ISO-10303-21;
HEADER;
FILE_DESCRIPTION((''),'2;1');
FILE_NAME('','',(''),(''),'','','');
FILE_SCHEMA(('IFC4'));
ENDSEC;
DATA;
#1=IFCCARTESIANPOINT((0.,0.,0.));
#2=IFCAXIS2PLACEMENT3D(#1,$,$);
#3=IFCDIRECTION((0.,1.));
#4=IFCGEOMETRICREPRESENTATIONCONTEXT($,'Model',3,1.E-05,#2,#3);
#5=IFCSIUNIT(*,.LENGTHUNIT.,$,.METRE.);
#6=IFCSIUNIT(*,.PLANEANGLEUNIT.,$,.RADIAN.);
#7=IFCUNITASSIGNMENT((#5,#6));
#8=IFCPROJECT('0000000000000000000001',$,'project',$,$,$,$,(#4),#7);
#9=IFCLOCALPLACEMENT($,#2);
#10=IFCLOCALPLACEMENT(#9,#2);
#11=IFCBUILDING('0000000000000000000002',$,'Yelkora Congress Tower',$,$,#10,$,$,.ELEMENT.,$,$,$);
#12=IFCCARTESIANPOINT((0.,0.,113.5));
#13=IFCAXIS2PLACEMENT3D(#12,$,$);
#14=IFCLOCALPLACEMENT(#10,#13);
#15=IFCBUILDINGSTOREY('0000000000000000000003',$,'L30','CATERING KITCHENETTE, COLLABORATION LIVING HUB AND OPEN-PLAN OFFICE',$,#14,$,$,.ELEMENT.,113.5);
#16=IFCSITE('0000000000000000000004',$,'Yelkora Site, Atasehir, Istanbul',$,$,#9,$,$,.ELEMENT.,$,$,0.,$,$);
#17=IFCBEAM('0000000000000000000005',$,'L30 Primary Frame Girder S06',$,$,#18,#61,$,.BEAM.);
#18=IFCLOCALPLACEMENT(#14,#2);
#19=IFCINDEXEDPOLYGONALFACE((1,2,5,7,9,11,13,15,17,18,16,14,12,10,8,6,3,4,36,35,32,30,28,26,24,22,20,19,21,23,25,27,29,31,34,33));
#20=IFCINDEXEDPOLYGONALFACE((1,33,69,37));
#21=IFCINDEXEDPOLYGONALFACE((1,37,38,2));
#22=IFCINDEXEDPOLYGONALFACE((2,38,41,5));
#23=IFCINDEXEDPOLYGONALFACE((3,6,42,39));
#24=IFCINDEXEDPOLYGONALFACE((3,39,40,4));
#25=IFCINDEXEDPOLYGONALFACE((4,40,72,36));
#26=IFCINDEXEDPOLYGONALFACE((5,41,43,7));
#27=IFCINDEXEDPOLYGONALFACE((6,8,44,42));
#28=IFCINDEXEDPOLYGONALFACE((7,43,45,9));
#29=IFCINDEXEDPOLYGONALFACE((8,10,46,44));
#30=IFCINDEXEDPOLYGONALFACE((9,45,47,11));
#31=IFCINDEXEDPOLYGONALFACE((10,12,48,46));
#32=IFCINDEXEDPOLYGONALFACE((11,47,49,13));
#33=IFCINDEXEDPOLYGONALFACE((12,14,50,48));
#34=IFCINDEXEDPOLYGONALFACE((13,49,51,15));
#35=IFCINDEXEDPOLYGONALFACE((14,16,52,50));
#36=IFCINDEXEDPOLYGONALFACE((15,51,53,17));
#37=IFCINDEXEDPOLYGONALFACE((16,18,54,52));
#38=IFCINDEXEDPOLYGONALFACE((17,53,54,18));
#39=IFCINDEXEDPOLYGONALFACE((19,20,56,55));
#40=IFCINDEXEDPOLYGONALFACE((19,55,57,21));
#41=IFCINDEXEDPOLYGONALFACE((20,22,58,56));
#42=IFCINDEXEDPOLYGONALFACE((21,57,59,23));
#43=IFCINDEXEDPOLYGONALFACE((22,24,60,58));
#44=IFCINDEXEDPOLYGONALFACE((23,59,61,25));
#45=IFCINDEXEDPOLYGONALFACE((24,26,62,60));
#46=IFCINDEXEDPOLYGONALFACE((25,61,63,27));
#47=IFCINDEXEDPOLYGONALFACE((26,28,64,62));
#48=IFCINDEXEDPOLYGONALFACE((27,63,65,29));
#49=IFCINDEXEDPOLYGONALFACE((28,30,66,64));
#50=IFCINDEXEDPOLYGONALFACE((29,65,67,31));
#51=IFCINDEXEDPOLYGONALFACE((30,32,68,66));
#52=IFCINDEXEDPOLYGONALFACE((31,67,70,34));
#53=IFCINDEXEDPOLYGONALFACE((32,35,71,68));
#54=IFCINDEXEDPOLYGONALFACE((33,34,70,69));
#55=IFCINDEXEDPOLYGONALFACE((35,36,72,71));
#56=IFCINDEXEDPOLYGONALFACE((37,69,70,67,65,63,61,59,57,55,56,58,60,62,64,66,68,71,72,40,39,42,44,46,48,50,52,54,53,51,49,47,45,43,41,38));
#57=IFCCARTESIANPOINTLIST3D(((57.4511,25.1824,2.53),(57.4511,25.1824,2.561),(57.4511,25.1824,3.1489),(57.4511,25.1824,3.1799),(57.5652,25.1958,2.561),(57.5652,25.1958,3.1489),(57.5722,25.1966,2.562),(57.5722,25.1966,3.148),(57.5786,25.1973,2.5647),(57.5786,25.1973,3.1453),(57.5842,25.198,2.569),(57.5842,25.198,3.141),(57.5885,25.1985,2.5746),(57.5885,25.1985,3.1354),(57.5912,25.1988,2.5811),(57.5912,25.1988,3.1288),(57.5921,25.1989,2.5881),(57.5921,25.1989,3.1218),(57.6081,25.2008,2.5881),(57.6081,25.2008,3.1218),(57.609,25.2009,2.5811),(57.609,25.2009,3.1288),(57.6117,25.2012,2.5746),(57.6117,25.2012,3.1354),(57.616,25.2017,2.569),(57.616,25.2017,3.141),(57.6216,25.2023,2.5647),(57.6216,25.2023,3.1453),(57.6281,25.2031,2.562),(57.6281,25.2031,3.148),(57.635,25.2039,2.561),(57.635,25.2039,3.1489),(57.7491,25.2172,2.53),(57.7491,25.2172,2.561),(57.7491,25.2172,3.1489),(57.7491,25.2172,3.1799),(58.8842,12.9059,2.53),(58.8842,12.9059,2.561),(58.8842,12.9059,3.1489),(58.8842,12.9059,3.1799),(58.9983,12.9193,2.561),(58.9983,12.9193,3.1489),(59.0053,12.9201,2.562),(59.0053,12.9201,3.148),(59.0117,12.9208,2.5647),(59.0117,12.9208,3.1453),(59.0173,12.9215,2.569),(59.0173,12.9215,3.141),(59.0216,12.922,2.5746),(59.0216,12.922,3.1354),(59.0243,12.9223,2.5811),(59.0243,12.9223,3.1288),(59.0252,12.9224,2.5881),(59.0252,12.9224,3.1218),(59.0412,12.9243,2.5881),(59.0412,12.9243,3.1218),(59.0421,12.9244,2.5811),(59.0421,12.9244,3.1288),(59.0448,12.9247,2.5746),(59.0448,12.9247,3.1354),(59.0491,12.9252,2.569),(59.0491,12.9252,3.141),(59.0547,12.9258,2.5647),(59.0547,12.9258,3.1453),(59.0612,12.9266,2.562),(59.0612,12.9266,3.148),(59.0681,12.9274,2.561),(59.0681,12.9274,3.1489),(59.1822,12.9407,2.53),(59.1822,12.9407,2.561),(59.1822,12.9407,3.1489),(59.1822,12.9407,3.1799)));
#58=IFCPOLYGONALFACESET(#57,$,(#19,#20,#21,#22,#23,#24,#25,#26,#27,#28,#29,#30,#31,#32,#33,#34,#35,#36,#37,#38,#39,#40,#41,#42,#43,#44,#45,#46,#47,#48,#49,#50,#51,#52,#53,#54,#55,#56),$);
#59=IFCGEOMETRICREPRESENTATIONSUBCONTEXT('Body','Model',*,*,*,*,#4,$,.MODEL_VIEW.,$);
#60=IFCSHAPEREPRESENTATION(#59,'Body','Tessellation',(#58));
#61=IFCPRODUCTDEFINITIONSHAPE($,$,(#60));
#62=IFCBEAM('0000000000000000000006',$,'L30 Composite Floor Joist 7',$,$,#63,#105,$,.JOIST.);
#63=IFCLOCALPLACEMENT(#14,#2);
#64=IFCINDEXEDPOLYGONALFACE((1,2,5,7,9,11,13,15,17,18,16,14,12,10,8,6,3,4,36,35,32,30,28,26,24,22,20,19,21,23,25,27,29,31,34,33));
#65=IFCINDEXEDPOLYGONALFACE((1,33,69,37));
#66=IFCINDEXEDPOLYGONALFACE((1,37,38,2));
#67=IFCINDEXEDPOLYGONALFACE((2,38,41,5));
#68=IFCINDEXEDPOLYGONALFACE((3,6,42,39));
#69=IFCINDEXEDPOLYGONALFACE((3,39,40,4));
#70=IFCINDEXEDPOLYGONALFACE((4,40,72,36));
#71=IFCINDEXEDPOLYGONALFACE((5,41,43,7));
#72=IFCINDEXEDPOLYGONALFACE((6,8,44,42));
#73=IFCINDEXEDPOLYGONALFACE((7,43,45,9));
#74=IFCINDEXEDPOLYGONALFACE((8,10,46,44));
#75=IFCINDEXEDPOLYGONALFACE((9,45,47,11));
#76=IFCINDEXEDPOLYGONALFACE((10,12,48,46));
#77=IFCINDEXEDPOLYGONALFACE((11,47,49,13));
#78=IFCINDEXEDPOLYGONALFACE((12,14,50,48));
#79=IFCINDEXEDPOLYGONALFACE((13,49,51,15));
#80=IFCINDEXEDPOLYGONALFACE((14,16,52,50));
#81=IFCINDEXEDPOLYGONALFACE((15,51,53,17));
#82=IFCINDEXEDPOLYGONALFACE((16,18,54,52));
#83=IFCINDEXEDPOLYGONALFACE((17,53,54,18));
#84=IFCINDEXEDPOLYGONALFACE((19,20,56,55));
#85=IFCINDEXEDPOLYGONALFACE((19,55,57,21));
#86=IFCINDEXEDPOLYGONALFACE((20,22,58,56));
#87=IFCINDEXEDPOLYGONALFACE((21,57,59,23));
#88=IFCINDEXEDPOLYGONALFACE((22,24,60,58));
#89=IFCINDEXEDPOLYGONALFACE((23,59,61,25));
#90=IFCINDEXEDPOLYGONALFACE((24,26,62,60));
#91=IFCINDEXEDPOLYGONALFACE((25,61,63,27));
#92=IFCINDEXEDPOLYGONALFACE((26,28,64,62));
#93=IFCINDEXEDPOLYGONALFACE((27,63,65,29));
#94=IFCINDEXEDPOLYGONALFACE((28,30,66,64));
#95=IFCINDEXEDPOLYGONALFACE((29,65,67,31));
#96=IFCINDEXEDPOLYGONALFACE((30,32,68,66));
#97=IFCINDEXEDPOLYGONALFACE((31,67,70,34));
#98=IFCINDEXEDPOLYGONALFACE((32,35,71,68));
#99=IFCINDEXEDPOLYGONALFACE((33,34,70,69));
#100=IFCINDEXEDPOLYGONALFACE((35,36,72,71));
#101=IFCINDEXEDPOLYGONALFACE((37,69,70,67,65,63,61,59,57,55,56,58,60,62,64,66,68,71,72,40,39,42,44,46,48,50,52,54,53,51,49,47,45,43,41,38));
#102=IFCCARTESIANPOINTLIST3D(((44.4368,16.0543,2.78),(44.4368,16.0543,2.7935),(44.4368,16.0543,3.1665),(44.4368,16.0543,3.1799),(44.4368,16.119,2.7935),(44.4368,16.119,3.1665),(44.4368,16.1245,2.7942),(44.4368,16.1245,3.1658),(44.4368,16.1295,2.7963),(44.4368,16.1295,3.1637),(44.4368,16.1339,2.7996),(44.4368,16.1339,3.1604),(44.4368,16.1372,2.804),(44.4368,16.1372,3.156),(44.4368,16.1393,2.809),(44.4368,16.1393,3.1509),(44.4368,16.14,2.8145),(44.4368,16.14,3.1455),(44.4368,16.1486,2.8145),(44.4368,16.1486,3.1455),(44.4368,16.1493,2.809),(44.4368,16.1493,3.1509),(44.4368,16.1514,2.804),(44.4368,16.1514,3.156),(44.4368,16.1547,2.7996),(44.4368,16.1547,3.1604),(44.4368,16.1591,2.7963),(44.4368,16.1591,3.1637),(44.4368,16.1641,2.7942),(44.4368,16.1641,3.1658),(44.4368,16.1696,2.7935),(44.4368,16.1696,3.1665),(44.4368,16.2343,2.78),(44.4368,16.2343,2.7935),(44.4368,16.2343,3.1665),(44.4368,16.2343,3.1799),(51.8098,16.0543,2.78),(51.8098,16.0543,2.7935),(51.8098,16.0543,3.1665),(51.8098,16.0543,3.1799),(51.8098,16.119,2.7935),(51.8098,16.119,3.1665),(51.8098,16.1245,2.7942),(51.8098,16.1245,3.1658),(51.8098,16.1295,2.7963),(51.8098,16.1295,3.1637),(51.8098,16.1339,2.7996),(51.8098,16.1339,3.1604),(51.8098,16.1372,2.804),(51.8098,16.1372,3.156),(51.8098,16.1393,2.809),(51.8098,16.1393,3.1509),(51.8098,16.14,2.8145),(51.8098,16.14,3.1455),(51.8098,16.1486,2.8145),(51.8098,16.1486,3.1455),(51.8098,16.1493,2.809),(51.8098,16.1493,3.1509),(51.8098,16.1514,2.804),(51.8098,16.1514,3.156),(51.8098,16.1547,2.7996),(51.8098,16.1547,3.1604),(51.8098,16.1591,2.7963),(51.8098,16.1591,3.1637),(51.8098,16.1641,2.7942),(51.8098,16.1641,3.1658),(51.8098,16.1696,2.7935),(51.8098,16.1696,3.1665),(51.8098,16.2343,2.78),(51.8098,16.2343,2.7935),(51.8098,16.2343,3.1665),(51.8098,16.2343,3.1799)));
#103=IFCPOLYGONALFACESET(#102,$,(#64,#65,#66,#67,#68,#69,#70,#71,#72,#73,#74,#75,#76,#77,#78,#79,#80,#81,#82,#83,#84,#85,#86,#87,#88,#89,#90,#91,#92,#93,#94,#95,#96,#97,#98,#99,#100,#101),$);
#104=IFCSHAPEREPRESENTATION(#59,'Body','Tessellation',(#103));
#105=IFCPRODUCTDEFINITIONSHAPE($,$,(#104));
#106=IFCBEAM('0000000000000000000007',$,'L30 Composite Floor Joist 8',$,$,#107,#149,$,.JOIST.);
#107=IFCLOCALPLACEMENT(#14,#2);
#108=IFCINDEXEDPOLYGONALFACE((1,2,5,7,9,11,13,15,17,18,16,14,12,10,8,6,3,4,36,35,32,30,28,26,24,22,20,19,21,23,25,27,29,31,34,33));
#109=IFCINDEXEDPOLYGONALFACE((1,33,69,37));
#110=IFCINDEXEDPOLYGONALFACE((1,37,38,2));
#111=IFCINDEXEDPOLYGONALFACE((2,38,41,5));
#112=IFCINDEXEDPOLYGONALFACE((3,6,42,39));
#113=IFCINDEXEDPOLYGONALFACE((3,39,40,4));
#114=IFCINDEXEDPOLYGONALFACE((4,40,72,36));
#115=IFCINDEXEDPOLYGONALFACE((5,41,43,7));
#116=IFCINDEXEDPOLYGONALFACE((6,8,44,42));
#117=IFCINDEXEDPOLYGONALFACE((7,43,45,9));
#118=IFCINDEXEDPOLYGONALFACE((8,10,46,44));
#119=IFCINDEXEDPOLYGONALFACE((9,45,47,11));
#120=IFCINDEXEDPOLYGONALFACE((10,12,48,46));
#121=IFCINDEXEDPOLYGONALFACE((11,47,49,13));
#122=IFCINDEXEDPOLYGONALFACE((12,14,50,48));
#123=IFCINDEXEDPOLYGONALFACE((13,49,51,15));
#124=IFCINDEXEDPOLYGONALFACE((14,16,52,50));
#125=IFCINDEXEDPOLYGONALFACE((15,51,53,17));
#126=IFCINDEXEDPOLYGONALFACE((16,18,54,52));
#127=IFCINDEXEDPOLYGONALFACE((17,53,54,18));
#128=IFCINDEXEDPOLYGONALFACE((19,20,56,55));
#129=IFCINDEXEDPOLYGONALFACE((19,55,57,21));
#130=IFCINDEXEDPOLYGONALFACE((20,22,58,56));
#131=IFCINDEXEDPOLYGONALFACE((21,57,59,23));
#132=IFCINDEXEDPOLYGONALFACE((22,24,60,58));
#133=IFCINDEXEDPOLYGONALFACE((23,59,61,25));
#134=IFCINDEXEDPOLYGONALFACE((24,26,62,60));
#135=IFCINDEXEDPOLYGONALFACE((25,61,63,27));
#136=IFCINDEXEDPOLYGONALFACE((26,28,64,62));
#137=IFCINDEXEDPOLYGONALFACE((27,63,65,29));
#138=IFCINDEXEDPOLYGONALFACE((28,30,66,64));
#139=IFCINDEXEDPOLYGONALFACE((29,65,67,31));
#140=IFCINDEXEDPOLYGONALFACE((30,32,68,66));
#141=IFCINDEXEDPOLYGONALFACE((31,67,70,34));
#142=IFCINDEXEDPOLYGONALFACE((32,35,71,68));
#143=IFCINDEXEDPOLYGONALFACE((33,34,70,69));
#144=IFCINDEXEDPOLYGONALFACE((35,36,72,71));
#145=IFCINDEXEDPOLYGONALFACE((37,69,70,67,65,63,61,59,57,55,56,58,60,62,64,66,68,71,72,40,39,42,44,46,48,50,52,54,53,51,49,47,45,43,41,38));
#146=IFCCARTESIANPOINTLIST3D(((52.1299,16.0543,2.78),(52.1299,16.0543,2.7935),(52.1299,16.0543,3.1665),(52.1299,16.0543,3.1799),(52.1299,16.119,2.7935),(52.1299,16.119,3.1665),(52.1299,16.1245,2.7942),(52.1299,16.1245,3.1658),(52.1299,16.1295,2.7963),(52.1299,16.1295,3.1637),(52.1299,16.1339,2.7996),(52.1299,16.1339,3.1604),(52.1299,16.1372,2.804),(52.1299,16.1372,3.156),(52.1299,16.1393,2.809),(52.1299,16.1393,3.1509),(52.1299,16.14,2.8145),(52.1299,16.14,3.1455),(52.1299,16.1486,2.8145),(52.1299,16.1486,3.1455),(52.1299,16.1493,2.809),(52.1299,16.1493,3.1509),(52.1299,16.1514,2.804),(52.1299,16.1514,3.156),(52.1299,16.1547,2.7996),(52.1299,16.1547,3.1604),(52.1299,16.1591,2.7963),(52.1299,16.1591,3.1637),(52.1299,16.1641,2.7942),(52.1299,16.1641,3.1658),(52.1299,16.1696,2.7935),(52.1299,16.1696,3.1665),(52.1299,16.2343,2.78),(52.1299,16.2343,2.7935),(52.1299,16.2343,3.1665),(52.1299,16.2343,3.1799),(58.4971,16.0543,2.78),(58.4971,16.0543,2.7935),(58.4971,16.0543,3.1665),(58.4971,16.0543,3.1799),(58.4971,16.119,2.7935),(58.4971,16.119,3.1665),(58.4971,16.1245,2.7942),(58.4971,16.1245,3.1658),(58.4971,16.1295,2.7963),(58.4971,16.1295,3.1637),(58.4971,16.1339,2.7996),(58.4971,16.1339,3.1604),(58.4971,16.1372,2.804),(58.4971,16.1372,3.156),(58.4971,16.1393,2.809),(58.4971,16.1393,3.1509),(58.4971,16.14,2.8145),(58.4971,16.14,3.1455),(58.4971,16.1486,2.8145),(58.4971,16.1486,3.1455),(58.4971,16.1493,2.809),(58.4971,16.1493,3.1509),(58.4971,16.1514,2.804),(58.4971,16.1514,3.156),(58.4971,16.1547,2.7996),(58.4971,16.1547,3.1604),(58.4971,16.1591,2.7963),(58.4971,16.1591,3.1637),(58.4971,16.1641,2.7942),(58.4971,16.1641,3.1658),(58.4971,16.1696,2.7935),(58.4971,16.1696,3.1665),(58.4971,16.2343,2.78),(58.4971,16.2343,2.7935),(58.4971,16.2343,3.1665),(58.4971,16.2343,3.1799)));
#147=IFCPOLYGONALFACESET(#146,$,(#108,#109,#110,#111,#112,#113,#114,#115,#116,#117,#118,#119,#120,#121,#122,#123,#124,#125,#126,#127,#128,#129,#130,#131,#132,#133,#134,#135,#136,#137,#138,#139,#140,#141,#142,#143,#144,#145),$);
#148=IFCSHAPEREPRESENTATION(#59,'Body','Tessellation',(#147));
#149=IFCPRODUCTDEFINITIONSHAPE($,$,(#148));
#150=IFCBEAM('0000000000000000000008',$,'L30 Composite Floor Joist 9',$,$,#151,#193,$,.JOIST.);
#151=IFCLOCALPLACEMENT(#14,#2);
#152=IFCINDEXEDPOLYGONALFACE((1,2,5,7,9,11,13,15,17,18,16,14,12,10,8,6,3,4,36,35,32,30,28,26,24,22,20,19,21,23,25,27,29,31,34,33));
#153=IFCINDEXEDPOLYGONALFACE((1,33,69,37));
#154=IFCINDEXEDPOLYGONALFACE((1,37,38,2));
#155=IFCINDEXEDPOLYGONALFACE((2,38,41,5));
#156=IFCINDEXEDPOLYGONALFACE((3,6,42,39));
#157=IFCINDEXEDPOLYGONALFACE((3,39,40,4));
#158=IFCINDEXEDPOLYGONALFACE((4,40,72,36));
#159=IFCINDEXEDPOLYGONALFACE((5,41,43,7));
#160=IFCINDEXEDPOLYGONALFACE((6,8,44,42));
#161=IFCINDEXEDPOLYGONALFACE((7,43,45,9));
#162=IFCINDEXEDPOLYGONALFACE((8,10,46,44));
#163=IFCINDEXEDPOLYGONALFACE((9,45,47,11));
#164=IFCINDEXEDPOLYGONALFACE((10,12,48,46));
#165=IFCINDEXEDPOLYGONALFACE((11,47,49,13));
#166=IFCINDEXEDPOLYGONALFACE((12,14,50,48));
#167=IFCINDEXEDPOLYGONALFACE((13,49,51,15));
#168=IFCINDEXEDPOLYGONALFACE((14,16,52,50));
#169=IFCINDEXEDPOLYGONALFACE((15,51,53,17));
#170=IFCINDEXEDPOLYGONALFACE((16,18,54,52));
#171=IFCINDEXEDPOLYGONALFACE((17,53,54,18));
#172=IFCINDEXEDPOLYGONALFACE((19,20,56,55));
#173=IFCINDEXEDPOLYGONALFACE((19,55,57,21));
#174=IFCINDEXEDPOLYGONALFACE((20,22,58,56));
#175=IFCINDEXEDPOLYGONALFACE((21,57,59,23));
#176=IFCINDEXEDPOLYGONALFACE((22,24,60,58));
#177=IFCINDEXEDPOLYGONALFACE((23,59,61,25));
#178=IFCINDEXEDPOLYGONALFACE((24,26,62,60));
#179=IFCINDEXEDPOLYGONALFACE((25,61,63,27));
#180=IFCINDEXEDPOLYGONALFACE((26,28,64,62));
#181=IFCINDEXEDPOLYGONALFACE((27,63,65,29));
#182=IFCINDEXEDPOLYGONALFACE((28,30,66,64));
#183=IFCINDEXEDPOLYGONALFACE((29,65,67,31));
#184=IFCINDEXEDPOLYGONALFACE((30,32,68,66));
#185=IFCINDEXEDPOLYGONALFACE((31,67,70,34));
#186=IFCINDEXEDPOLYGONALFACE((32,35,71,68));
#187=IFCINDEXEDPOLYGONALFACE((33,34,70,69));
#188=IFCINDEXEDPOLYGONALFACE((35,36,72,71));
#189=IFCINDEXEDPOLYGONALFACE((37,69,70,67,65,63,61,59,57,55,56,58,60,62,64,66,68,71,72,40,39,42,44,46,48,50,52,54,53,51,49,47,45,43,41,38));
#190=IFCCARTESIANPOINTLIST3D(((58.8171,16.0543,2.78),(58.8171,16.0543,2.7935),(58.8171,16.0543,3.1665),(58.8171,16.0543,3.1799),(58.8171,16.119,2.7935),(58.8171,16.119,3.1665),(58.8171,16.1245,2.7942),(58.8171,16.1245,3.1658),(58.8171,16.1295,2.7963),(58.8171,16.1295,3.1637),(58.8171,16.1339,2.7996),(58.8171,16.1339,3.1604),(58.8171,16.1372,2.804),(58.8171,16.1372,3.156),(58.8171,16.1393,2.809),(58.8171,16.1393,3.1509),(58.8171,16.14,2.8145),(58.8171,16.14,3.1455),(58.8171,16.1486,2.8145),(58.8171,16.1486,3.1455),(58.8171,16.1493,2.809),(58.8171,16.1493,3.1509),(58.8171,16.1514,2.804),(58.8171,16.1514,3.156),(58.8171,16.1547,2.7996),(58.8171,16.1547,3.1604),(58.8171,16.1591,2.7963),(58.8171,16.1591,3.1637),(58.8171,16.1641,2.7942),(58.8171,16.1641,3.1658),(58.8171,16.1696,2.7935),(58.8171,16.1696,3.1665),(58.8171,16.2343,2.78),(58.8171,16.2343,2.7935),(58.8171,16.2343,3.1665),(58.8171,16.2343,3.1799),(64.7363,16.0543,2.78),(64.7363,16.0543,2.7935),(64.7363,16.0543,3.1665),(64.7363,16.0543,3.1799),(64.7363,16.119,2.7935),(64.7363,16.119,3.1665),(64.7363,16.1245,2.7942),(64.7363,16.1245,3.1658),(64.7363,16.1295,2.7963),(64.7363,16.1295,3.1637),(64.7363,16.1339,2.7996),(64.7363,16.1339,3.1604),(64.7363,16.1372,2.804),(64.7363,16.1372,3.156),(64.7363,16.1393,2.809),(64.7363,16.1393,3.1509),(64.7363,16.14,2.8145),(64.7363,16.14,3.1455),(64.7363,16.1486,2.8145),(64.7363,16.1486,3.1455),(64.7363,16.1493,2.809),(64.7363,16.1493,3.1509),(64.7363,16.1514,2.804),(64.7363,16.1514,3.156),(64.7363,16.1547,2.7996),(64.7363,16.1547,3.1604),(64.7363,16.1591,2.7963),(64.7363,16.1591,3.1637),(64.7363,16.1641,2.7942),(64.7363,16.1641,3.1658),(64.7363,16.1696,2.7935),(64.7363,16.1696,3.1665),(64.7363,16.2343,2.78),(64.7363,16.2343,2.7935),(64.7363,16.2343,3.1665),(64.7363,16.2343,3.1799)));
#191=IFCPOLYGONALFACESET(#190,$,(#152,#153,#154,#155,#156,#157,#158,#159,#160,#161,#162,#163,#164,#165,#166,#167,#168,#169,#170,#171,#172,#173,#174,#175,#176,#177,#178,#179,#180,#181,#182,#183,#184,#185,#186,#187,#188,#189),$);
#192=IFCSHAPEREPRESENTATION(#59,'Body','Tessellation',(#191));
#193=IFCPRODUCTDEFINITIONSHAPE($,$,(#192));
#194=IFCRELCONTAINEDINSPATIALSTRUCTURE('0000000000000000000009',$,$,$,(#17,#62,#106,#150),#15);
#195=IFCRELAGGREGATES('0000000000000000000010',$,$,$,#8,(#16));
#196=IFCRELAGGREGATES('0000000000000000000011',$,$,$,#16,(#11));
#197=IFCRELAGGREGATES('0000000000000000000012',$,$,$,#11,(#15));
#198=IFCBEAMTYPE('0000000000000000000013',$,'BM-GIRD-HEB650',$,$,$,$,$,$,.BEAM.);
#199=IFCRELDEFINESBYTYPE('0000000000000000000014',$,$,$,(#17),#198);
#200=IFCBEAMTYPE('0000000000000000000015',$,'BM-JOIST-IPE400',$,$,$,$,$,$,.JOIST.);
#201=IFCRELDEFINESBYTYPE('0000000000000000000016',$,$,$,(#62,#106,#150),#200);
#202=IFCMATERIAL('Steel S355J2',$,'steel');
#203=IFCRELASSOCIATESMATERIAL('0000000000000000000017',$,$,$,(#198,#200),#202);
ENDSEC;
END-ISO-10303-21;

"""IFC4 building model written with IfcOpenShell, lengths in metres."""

from ifc_helpers import new_model, si_unit, direction, frame, origin, origin_2d, place, context, subcontext, project, spatial, i_section, extrude, material, material_profile, profile_set, type_object, element, save


model = new_model("IFC4")

# Units and contexts
model_context = context("Model", 3, precision=1e-05, world=origin(), true_north=direction((0.0, 1.0)))
body_context = subcontext(model_context, "Body", "Model", "MODEL_VIEW")
ifc_project = project(units=[si_unit("LENGTHUNIT", "METRE"), si_unit("PLANEANGLEUNIT", "RADIAN")], contexts=[model_context])

# Site, building, storey
site_placement = place(None, origin())
site = spatial("IfcSite", under=ifc_project, at=site_placement, Name="Yelkora Site, Atasehir, Istanbul", CompositionType="ELEMENT", RefElevation=0.0)
building_placement = place(site_placement, origin())
building = spatial("IfcBuilding", under=site, at=building_placement, Name="Yelkora Congress Tower", CompositionType="ELEMENT")
storey_placement = place(building_placement, frame((0.0, 0.0, 113.5)))
storey = spatial("IfcBuildingStorey", under=building, at=storey_placement, Name="L30", Description="CATERING KITCHENETTE, COLLABORATION LIVING HUB AND OPEN-PLAN OFFICE", CompositionType="ELEMENT", Elevation=113.5)

# Beams
ifc_material_1 = material(Name="Steel S355J2", Category="steel")
ifc_material_profile_1 = material_profile(ifc_material_1, i_section(OverallWidth=0.3, OverallDepth=0.6499, WebThickness=0.0161, FlangeThickness=0.031, FilletRadius=0.0271, at=origin_2d()), Name="HEB 650")
ifc_profile_set_1 = profile_set([ifc_material_profile_1], Name="Steel S355J2")
beam_type_1 = type_object("IfcBeamType", Name="BM-GIRD-HEB650", PredefinedType="BEAM", material=ifc_profile_set_1)
beam_1_placement = place(storey_placement, frame((59.0332, 12.9233, 2.855), z_axis=(-0.115947, 0.993255, 0.0), x_axis=(-0.993255, -0.115947, 0.0)))
element("IfcBeam", 1, at=beam_1_placement, inside=storey, type_object=beam_type_1, Name="L30 Primary Frame Girder S06", PredefinedType="BEAM", context=body_context, shape_type="SweptSolid", body=[
    extrude(i_section(OverallWidth=0.3, OverallDepth=0.6499, WebThickness=0.0161, FlangeThickness=0.031, FilletRadius=0.0271, at=origin_2d()), origin(), (0.0, 0.0, 1.0), 12.3599),
])
ifc_material_profile_2 = material_profile(ifc_material_1, i_section(OverallWidth=0.1799, OverallDepth=0.3999, WebThickness=0.0085, FlangeThickness=0.0134, FilletRadius=0.021, at=origin_2d()), Name="IPE 400")
ifc_profile_set_2 = profile_set([ifc_material_profile_2], Name="Steel S355J2")
beam_type_2 = type_object("IfcBeamType", Name="BM-JOIST-IPE400", PredefinedType="JOIST", material=ifc_profile_set_2)
beam_2_placement = place(storey_placement, frame((44.4368, 16.1443, 2.98), z_axis=(1.0, 0.0, 0.0), x_axis=(0.0, 1.0, 0.0)))
element("IfcBeam", 2, at=beam_2_placement, inside=storey, type_object=beam_type_2, Name="L30 Composite Floor Joist 7", PredefinedType="JOIST", context=body_context, shape_type="SweptSolid", body=[
    extrude(i_section(OverallWidth=0.1799, OverallDepth=0.3999, WebThickness=0.0085, FlangeThickness=0.0134, FilletRadius=0.021, at=origin_2d()), origin(), (0.0, 0.0, 1.0), 7.373),
])
beam_3_placement = place(storey_placement, frame((52.1299, 16.1443, 2.98), z_axis=(1.0, 0.0, 0.0), x_axis=(0.0, 1.0, 0.0)))
element("IfcBeam", 3, at=beam_3_placement, inside=storey, type_object=beam_type_2, Name="L30 Composite Floor Joist 8", PredefinedType="JOIST", context=body_context, shape_type="SweptSolid", body=[
    extrude(i_section(OverallWidth=0.1799, OverallDepth=0.3999, WebThickness=0.0085, FlangeThickness=0.0134, FilletRadius=0.021, at=origin_2d()), origin(), (0.0, 0.0, 1.0), 6.3672),
])
beam_4_placement = place(storey_placement, frame((58.8171, 16.1443, 2.98), z_axis=(1.0, 0.0, 0.0), x_axis=(0.0, 1.0, 0.0)))
element("IfcBeam", 4, at=beam_4_placement, inside=storey, type_object=beam_type_2, Name="L30 Composite Floor Joist 9", PredefinedType="JOIST", context=body_context, shape_type="SweptSolid", body=[
    extrude(i_section(OverallWidth=0.1799, OverallDepth=0.3999, WebThickness=0.0085, FlangeThickness=0.0134, FilletRadius=0.021, at=origin_2d()), origin(), (0.0, 0.0, 1.0), 5.9192),
])

save(model, "model.ifc")
